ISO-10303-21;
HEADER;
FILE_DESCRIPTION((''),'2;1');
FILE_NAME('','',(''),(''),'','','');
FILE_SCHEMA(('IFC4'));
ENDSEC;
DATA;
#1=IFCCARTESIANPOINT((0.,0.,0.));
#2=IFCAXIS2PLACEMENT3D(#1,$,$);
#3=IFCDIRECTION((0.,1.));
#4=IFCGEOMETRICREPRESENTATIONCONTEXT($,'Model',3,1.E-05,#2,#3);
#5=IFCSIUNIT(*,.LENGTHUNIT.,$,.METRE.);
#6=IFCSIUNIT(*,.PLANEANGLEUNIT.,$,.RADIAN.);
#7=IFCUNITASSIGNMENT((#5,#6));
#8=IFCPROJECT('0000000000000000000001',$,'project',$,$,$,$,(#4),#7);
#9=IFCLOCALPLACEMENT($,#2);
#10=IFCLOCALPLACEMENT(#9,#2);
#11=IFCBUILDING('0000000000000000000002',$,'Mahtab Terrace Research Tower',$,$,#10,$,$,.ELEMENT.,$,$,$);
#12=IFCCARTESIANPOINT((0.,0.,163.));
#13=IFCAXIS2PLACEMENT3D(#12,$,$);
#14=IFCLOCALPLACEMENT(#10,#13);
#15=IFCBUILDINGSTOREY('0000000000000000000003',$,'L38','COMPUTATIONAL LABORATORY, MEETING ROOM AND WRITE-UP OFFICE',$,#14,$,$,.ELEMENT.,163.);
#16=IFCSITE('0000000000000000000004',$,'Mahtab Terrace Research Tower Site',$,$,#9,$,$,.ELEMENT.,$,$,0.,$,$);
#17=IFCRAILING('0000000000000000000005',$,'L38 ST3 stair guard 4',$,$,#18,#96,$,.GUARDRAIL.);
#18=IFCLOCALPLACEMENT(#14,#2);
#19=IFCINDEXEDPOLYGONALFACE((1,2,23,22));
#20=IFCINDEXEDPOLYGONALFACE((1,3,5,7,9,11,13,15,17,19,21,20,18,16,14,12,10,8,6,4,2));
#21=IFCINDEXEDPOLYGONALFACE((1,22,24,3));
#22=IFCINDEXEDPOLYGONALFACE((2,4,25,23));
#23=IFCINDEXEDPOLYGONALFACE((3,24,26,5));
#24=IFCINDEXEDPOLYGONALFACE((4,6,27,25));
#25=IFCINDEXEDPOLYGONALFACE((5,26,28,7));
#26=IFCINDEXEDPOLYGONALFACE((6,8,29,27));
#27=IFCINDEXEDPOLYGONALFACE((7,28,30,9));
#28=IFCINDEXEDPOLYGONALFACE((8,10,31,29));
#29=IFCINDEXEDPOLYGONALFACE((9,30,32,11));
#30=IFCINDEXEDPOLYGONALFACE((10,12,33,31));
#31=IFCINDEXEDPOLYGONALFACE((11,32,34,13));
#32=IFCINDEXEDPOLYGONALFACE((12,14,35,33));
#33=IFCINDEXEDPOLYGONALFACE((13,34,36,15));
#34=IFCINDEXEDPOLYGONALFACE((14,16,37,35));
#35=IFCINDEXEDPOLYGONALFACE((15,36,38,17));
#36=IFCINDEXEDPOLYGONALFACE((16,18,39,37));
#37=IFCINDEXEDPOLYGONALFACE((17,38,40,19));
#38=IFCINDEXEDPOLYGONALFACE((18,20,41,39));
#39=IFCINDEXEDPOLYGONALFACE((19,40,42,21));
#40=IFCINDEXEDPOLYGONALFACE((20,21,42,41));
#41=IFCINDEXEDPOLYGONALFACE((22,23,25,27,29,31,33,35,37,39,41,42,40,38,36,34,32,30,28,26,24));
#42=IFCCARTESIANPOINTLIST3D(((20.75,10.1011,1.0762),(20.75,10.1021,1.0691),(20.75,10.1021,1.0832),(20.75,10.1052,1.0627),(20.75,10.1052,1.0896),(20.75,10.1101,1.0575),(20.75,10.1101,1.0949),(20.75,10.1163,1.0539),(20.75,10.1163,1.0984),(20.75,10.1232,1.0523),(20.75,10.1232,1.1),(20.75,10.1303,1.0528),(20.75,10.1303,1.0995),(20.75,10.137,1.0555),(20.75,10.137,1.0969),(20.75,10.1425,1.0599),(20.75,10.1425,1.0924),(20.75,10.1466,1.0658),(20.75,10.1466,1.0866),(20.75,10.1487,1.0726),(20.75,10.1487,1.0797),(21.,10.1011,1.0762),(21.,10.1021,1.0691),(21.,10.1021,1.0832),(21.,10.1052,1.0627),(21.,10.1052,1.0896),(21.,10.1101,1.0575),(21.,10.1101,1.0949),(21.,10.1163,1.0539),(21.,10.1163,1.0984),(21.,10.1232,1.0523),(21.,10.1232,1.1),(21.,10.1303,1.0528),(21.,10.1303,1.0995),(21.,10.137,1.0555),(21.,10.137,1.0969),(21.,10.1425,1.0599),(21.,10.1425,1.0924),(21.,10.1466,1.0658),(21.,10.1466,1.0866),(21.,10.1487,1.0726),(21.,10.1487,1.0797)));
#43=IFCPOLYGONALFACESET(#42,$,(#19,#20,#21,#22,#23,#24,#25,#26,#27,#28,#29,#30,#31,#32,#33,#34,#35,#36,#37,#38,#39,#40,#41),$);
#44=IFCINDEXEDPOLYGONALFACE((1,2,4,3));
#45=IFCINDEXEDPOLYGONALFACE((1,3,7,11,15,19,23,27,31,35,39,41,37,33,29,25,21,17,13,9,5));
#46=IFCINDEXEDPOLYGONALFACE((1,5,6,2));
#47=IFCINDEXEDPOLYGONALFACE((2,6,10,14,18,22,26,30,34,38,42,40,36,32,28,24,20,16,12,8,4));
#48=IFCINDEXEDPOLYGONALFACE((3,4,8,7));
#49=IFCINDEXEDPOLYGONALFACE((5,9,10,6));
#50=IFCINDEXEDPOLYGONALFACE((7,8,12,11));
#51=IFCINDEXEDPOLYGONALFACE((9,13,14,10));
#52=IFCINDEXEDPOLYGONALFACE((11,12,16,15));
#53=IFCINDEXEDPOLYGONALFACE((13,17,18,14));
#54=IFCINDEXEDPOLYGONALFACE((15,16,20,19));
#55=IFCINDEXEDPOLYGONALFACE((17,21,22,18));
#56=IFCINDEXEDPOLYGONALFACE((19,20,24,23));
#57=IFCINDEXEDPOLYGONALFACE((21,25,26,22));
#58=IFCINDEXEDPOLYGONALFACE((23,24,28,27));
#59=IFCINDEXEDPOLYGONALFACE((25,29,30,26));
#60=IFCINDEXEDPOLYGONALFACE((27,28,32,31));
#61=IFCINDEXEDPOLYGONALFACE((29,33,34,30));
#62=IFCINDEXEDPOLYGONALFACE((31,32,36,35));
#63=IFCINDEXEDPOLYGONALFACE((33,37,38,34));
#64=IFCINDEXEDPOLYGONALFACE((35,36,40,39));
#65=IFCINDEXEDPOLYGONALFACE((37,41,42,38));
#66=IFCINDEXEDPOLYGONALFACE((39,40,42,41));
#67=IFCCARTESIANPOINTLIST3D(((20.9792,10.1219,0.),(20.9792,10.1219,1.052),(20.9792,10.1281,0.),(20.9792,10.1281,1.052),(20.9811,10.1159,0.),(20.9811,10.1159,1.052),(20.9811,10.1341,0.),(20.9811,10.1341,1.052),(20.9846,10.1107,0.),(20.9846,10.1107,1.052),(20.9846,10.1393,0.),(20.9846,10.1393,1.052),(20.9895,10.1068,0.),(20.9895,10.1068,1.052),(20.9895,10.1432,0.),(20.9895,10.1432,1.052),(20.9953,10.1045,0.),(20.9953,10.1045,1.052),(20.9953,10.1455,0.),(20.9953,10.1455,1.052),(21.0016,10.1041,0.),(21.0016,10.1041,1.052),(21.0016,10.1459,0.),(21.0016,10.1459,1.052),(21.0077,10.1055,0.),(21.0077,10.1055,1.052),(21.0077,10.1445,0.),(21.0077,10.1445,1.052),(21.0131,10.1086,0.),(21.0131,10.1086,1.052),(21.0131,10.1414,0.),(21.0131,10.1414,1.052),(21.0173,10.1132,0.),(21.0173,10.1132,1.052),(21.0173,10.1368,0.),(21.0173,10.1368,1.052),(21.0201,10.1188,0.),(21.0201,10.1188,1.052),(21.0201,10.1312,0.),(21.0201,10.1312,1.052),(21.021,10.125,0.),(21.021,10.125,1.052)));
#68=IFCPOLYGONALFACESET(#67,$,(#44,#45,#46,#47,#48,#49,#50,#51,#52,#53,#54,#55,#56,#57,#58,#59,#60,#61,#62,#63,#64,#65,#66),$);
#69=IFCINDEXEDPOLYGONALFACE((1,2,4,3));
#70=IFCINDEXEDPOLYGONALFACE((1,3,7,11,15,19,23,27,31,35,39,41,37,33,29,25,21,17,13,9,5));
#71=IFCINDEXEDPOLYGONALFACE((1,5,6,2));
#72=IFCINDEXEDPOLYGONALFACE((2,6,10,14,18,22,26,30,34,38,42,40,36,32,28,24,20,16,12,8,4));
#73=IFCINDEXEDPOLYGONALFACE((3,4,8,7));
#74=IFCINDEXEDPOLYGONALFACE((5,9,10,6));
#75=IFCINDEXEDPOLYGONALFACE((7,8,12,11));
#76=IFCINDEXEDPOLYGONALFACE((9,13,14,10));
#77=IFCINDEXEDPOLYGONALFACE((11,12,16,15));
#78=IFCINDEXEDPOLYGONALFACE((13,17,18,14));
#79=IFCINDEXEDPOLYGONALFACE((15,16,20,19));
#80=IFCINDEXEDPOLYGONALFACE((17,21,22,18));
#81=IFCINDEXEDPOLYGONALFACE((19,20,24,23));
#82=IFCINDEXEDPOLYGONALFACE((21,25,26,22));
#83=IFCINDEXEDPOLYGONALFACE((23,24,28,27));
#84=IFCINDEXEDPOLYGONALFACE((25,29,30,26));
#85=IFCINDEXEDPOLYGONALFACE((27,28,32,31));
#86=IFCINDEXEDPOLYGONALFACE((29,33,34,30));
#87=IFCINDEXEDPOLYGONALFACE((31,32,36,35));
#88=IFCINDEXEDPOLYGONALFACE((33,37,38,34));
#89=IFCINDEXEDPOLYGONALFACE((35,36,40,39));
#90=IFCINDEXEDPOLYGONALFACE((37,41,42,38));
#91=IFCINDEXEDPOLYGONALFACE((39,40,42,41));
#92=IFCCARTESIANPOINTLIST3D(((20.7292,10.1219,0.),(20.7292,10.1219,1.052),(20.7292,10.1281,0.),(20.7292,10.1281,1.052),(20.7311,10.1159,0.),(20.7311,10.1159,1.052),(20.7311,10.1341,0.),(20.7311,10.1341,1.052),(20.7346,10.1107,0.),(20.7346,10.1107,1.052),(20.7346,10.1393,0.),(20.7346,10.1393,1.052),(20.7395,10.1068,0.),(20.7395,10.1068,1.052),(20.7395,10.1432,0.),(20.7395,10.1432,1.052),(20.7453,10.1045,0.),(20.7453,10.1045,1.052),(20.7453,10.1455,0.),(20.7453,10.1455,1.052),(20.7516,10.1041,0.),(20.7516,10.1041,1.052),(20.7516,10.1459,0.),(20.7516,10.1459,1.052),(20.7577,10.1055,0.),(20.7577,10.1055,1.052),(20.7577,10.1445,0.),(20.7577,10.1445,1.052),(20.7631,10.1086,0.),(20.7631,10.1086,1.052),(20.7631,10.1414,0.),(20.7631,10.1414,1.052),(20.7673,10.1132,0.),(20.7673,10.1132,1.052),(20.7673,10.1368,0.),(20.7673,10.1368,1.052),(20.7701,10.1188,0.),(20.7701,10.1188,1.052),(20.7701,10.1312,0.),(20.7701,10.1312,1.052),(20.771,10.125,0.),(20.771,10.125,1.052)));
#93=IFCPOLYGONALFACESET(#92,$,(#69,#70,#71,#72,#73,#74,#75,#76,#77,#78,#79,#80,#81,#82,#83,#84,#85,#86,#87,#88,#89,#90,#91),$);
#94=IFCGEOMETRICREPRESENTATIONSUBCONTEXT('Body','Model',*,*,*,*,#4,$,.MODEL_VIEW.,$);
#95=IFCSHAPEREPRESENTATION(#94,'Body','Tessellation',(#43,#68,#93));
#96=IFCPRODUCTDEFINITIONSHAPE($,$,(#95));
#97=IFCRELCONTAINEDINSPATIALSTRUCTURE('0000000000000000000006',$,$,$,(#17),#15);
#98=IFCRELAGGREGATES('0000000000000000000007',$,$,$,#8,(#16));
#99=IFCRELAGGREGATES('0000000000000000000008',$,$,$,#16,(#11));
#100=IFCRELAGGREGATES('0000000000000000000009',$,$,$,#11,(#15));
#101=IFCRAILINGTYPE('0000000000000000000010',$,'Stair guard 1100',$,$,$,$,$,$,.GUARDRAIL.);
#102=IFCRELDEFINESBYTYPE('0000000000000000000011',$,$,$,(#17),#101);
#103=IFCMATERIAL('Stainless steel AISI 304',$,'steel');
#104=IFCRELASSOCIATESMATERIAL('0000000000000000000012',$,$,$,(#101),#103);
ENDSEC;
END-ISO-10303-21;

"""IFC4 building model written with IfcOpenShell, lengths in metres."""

from ifc_helpers import new_model, si_unit, direction, frame, origin, origin_2d, place, context, subcontext, project, spatial, circle, extrude, material, type_object, element, save


model = new_model("IFC4")

# Units and contexts
model_context = context("Model", 3, precision=1e-05, world=origin(), true_north=direction((0.0, 1.0)))
body_context = subcontext(model_context, "Body", "Model", "MODEL_VIEW")
ifc_project = project(units=[si_unit("LENGTHUNIT", "METRE"), si_unit("PLANEANGLEUNIT", "RADIAN")], contexts=[model_context])

# Site, building, storey
site_placement = place(None, origin())
site = spatial("IfcSite", under=ifc_project, at=site_placement, Name="Mahtab Terrace Research Tower Site", CompositionType="ELEMENT", RefElevation=0.0)
building_placement = place(site_placement, origin())
building = spatial("IfcBuilding", under=site, at=building_placement, Name="Mahtab Terrace Research Tower", CompositionType="ELEMENT")
storey_placement = place(building_placement, frame((0.0, 0.0, 163.0)))
storey = spatial("IfcBuildingStorey", under=building, at=storey_placement, Name="L38", Description="COMPUTATIONAL LABORATORY, MEETING ROOM AND WRITE-UP OFFICE", CompositionType="ELEMENT", Elevation=163.0)

# Railing
ifc_material_1 = material(Name="Stainless steel AISI 304", Category="steel")
railing_type_1 = type_object("IfcRailingType", Name="Stair guard 1100", PredefinedType="GUARDRAIL", material=ifc_material_1)
railing_1_placement = place(storey_placement, frame((21.0, 10.125, 0.0)))
element("IfcRailing", 1, at=railing_1_placement, inside=storey, type_object=railing_type_1, Name="L38 ST3 stair guard 4", PredefinedType="GUARDRAIL", context=body_context, shape_type="SweptSolid", body=[
    extrude(circle(Radius=0.0239, at=origin_2d()), frame((0.0, 0.0, 1.0762), z_axis=(-1.0, 0.0, 0.0), x_axis=(0.0, -1.0, 0.0)), (0.0, 0.0, 1.0), 0.25),
    extrude(circle(Radius=0.021, at=origin_2d()), origin(), (0.0, 0.0, 1.0), 1.052),
    extrude(circle(Radius=0.021, at=origin_2d()), frame((-0.25, 0.0, 0.0)), (0.0, 0.0, 1.0), 1.052),
])

save(model, "model.ifc")
